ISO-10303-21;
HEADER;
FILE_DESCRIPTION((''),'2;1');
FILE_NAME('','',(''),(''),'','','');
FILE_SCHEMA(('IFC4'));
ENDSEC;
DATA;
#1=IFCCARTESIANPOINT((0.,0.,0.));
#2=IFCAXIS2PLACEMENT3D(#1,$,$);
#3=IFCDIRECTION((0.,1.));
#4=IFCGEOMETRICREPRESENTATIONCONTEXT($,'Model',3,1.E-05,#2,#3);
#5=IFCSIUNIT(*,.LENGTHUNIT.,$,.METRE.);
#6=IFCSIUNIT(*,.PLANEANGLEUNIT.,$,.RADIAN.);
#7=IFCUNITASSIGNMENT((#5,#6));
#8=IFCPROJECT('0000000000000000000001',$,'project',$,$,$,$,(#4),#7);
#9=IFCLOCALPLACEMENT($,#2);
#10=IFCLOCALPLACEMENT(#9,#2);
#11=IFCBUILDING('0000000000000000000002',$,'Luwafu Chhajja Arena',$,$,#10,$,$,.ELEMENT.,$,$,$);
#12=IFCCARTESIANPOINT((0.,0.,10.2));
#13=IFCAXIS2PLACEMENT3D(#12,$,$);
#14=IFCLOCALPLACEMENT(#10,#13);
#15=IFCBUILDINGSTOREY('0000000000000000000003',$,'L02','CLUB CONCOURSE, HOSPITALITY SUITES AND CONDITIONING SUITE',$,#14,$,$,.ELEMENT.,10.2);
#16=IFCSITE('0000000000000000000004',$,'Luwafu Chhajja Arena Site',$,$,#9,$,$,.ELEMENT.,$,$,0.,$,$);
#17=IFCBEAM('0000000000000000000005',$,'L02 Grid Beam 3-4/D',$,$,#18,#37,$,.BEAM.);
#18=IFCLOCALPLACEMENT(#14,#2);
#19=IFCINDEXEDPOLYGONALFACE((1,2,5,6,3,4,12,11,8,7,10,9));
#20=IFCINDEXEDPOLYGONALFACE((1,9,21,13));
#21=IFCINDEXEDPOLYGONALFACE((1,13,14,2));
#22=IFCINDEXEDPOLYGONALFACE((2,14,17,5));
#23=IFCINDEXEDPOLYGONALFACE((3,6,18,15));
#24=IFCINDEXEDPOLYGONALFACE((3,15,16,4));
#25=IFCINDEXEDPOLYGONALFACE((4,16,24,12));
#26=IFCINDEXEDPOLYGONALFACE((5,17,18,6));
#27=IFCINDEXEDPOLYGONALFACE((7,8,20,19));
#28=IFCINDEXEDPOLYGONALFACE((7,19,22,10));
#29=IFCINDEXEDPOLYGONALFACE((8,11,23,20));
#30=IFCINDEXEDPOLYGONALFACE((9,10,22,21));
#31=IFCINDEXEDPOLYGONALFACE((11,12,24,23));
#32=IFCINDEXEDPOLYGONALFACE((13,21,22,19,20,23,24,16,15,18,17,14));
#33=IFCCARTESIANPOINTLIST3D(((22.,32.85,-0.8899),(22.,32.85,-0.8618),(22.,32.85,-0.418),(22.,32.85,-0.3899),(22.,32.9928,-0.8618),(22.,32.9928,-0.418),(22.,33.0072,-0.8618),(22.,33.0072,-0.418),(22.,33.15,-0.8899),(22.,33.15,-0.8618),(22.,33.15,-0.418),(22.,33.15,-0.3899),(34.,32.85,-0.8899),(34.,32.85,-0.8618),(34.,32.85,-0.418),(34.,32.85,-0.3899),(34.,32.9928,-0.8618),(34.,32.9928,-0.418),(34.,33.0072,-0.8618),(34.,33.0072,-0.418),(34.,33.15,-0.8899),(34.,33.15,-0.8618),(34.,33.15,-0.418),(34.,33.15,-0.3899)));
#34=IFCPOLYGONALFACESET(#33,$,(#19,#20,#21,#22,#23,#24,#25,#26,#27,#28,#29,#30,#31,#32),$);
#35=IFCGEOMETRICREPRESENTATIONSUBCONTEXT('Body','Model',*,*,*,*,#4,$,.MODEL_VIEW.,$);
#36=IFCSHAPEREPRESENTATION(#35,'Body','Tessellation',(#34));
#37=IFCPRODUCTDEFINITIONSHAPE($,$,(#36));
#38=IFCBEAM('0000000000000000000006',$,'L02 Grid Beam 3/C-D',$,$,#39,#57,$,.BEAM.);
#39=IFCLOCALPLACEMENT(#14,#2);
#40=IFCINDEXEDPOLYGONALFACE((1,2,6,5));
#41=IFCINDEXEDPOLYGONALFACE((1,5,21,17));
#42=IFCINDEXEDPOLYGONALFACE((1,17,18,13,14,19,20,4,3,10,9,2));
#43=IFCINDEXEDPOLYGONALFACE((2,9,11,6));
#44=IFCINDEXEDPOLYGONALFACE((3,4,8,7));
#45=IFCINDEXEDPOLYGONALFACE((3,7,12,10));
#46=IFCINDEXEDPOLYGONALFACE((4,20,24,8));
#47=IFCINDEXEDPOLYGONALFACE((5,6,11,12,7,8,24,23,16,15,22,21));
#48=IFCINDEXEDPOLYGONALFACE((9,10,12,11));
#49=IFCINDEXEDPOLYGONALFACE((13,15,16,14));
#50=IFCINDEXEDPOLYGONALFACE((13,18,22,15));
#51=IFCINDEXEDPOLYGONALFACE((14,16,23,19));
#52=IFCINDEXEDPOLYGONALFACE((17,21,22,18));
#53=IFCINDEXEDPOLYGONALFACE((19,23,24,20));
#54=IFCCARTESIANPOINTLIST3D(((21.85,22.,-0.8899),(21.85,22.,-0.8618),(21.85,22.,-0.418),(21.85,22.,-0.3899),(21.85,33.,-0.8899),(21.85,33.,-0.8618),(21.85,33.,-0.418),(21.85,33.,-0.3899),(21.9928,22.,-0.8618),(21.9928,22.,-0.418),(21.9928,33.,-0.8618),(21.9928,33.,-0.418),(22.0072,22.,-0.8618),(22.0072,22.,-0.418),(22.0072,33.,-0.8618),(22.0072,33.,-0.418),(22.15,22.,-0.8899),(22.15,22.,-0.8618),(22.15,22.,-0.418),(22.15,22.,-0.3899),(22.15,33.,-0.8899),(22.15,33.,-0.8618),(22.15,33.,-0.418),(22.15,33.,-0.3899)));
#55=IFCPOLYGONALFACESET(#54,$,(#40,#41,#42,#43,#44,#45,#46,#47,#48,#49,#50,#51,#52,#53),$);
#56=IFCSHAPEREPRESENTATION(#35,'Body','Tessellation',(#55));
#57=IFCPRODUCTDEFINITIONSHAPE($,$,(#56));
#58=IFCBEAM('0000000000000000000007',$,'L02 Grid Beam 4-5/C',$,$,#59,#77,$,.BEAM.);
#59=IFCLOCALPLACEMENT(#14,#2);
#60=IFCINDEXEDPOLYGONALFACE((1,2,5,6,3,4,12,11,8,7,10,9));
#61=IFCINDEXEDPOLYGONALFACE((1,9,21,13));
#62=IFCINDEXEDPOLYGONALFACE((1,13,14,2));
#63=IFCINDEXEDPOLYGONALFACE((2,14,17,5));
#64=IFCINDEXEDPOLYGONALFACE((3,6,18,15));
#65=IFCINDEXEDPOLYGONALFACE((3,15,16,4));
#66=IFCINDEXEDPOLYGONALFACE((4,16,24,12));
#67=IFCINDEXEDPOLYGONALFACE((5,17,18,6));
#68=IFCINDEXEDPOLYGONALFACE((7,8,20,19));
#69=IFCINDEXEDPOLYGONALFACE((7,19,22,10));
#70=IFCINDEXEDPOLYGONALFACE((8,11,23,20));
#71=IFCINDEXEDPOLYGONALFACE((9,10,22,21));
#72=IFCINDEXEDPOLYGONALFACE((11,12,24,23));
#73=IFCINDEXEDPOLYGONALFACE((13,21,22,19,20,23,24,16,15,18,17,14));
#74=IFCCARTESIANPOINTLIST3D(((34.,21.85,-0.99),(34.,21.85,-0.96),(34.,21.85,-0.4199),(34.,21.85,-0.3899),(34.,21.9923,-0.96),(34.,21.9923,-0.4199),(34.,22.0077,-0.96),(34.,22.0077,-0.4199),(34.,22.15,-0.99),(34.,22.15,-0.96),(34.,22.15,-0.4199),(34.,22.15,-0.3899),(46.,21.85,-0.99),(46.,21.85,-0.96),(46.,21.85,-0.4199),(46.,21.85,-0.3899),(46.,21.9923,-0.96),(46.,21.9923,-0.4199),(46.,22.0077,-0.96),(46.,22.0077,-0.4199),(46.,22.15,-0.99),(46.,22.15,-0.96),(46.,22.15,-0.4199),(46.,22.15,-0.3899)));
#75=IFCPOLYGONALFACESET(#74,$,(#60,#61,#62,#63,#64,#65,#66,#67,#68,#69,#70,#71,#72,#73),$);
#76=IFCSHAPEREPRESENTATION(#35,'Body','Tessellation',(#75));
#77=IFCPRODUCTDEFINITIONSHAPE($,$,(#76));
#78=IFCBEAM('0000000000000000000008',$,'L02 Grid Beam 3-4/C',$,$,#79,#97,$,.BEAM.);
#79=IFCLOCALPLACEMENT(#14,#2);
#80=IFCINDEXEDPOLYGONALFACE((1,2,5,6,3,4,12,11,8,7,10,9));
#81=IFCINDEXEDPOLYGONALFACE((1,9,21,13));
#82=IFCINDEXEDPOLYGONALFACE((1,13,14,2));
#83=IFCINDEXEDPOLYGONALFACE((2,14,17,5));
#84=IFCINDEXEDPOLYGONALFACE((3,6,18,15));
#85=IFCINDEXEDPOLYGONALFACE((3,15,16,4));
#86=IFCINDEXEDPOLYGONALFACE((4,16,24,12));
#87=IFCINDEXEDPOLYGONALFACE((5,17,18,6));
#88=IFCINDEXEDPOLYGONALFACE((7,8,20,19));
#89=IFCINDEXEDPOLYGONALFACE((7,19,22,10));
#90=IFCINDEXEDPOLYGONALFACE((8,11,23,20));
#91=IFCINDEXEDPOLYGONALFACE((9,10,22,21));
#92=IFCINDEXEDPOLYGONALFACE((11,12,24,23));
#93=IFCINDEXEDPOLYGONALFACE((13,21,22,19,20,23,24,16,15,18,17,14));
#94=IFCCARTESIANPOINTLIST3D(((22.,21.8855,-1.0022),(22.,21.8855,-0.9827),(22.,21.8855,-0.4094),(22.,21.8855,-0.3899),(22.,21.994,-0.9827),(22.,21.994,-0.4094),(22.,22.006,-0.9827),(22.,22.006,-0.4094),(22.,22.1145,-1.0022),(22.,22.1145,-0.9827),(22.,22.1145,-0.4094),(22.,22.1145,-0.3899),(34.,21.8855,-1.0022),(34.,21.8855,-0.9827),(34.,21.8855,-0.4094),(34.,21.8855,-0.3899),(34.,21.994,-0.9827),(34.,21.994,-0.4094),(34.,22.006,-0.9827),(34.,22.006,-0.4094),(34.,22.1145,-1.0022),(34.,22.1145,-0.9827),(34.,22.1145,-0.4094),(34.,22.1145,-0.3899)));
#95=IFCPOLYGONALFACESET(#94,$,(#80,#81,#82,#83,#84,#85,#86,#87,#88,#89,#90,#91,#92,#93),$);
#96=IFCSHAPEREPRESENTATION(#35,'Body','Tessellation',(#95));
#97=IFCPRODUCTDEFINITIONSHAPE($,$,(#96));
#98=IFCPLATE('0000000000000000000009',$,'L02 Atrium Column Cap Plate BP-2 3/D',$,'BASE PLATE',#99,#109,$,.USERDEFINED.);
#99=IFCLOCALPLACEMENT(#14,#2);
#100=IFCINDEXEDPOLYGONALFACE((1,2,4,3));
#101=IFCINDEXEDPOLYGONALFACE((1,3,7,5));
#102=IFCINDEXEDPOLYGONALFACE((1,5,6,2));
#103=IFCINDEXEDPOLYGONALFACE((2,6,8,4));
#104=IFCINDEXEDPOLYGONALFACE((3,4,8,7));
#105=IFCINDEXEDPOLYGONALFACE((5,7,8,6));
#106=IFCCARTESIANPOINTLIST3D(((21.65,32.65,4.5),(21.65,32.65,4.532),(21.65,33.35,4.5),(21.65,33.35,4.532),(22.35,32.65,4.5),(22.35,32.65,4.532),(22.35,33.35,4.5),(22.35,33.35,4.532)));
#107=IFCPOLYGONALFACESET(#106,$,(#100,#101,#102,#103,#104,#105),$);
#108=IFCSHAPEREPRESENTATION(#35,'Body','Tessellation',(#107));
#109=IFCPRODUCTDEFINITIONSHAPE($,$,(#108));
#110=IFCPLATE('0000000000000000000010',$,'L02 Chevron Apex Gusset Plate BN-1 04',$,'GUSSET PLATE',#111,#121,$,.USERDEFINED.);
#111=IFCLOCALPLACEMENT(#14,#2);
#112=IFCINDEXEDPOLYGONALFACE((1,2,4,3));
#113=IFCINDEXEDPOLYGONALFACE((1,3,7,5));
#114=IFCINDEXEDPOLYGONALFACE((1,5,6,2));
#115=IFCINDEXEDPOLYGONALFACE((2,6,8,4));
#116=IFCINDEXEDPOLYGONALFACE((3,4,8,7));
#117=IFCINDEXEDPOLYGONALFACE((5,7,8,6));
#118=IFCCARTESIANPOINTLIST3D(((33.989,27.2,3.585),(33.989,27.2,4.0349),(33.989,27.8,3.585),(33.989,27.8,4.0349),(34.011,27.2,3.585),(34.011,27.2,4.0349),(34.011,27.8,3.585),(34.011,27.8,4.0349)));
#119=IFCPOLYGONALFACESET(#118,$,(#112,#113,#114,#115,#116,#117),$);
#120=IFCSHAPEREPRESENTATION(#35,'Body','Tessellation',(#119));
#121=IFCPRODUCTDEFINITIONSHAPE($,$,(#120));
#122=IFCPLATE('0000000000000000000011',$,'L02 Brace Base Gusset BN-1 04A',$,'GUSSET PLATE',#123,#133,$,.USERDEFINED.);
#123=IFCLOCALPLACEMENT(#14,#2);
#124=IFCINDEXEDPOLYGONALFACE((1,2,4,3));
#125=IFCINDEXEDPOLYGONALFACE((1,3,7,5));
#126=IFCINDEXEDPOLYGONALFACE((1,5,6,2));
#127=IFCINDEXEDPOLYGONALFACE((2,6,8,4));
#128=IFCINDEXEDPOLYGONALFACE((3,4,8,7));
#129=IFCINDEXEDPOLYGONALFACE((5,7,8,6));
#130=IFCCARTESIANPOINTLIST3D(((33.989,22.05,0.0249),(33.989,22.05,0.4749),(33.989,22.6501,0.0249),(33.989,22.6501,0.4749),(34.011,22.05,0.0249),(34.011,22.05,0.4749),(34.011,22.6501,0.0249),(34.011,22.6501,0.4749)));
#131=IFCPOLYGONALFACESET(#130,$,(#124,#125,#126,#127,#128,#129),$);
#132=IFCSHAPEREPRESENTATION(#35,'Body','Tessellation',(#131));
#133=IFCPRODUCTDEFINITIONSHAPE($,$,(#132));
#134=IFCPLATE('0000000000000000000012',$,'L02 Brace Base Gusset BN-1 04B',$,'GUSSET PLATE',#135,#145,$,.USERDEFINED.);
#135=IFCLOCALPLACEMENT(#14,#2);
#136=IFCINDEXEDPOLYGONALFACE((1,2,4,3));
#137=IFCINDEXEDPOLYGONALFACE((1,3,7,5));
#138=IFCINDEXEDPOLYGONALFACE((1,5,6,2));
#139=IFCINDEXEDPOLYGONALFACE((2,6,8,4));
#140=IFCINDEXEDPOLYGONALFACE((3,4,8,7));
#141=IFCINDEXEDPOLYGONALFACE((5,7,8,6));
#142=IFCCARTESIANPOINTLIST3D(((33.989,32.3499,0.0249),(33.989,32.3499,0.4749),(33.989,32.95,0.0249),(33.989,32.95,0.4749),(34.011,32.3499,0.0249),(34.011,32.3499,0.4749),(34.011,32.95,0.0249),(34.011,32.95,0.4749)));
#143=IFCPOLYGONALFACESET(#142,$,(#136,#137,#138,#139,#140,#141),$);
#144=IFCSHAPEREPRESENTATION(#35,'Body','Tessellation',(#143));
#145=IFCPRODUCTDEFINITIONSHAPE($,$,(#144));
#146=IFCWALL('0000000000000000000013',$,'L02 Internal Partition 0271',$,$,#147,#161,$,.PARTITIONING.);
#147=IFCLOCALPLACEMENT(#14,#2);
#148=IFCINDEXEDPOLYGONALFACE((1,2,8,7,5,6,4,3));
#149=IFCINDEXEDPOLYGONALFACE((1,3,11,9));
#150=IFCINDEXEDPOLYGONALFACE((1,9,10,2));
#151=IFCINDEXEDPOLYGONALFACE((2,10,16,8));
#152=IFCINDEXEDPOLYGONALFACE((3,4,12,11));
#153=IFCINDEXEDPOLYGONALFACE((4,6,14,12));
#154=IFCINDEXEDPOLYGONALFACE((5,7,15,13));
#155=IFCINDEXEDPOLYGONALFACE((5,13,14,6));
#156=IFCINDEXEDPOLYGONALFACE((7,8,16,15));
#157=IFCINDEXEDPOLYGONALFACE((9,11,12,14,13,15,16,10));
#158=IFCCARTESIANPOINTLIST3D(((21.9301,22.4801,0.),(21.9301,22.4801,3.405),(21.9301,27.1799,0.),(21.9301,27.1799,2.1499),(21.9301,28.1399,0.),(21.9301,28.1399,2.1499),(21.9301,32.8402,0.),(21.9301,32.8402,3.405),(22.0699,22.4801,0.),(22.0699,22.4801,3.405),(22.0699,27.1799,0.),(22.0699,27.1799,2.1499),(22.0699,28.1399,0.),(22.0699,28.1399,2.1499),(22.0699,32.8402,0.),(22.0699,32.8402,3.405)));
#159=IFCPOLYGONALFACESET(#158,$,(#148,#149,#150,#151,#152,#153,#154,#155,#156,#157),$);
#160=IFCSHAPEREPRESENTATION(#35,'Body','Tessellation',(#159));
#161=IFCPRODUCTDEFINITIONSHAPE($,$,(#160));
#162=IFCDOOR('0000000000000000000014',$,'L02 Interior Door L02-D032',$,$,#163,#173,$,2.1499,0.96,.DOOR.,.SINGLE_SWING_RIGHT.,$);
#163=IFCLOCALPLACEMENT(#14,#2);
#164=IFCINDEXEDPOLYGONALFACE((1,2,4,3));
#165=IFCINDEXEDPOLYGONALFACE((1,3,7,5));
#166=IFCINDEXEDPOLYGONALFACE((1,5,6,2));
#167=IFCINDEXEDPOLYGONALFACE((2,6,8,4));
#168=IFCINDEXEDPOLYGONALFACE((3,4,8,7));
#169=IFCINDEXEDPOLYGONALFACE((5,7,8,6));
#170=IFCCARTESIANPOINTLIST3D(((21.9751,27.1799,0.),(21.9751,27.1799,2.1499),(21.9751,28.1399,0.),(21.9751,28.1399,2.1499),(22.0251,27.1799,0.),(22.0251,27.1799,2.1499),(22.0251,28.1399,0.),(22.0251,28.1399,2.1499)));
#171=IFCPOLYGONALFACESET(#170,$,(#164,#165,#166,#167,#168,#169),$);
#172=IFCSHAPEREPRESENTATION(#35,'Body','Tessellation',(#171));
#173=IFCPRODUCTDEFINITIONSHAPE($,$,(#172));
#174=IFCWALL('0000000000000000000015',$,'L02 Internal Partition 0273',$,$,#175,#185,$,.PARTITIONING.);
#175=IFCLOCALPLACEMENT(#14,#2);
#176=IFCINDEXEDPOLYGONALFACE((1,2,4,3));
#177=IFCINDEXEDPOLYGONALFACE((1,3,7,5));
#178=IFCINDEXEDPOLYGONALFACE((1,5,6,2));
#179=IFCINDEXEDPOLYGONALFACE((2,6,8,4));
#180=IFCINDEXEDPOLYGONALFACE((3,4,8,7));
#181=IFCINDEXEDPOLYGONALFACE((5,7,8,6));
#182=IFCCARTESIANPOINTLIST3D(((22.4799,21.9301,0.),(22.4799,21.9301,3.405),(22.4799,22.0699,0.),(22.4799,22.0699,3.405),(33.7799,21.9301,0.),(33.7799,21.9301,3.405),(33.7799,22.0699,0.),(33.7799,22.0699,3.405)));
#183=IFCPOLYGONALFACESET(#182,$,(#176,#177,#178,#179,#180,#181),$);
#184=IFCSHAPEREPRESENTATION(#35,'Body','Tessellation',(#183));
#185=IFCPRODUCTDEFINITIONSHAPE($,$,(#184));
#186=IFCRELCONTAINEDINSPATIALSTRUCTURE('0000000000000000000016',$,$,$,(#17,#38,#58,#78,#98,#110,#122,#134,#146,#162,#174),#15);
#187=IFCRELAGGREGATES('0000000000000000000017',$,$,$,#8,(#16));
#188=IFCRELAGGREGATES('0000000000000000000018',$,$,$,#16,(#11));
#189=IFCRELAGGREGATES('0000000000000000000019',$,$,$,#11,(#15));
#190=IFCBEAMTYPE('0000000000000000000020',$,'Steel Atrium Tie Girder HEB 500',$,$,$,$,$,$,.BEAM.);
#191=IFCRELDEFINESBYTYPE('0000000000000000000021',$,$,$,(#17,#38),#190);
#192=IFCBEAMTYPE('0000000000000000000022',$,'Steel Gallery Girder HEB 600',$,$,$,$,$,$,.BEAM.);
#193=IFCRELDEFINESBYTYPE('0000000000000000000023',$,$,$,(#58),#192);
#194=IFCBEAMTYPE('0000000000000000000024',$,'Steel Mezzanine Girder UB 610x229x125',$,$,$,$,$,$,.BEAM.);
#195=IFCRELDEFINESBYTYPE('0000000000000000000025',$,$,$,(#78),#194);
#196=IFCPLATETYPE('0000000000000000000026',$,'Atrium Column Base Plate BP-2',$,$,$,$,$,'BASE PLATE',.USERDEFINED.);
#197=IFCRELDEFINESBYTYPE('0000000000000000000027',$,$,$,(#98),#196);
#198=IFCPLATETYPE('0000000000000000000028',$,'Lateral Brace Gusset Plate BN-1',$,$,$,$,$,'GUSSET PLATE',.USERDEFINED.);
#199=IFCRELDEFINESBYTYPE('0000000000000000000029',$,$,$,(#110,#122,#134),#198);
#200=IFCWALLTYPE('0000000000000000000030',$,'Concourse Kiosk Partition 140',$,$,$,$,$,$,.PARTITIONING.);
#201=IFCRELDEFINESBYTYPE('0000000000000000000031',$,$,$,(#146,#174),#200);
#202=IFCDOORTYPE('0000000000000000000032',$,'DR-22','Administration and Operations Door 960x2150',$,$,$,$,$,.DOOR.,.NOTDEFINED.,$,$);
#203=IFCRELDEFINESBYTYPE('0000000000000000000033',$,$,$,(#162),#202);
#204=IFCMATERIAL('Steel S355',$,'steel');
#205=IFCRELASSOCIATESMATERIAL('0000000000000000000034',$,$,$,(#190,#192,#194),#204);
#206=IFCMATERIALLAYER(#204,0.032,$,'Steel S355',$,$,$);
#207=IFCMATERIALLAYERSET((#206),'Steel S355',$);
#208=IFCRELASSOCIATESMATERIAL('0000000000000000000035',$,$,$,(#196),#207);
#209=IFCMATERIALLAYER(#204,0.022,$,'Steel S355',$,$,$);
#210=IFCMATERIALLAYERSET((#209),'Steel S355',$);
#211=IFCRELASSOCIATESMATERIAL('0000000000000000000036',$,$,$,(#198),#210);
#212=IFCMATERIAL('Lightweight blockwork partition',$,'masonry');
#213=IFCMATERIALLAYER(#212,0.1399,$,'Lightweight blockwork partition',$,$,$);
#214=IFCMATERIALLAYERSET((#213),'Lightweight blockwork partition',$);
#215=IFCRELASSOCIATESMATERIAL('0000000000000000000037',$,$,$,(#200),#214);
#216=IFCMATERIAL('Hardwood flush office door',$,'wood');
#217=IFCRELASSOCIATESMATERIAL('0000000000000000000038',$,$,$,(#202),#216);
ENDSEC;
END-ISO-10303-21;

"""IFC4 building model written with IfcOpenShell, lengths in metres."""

from ifc_helpers import new_model, si_unit, direction, frame, frame_2d, origin, origin_2d, place, context, subcontext, project, spatial, rectangle, i_section, extrude, material, layer, layer_set, material_profile, profile_set, type_object, element, fill, save


model = new_model("IFC4")

# Units and contexts
model_context = context("Model", 3, precision=1e-05, world=origin(), true_north=direction((0.0, 1.0)))
body_context = subcontext(model_context, "Body", "Model", "MODEL_VIEW")
ifc_project = project(units=[si_unit("LENGTHUNIT", "METRE"), si_unit("PLANEANGLEUNIT", "RADIAN")], contexts=[model_context])

# Site, building, storey
site_placement = place(None, origin())
site = spatial("IfcSite", under=ifc_project, at=site_placement, Name="Luwafu Chhajja Arena Site", CompositionType="ELEMENT", RefElevation=0.0)
building_placement = place(site_placement, origin())
building = spatial("IfcBuilding", under=site, at=building_placement, Name="Luwafu Chhajja Arena", CompositionType="ELEMENT")
storey_placement = place(building_placement, frame((0.0, 0.0, 10.2)))
storey = spatial("IfcBuildingStorey", under=building, at=storey_placement, Name="L02", Description="CLUB CONCOURSE, HOSPITALITY SUITES AND CONDITIONING SUITE", CompositionType="ELEMENT", Elevation=10.2)

# Shared definitions
ifc_material_1 = material(Name="Steel S355", Category="steel")

# Beams
ifc_material_profile_1 = material_profile(ifc_material_1, i_section(OverallWidth=0.3, OverallDepth=0.5, WebThickness=0.0144, FlangeThickness=0.0281, at=origin_2d()), Name="HEB 500")
ifc_profile_set_1 = profile_set([ifc_material_profile_1], Name="Steel S355")
beam_type_1 = type_object("IfcBeamType", Name="Steel Atrium Tie Girder HEB 500", PredefinedType="BEAM", material=ifc_profile_set_1)
beam_1_placement = place(storey_placement, frame((22.0, 33.0, -0.6399), z_axis=(1.0, 0.0, 0.0), x_axis=(0.0, 1.0, 0.0)))
element("IfcBeam", 1, at=beam_1_placement, inside=storey, type_object=beam_type_1, Name="L02 Grid Beam 3-4/D", PredefinedType="BEAM", context=body_context, shape_type="SweptSolid", body=[
    extrude(i_section(OverallWidth=0.3, OverallDepth=0.5, WebThickness=0.0144, FlangeThickness=0.0281, at=origin_2d()), origin(), (0.0, 0.0, 1.0), 12.0),
])
beam_2_placement = place(storey_placement, frame((22.0, 22.0, -0.6399), z_axis=(0.0, 1.0, 0.0), x_axis=(-1.0, 0.0, 0.0)))
element("IfcBeam", 2, at=beam_2_placement, inside=storey, type_object=beam_type_1, Name="L02 Grid Beam 3/C-D", PredefinedType="BEAM", context=body_context, shape_type="SweptSolid", body=[
    extrude(i_section(OverallWidth=0.3, OverallDepth=0.5, WebThickness=0.0144, FlangeThickness=0.0281, at=origin_2d()), origin(), (0.0, 0.0, 1.0), 11.0),
])
ifc_material_profile_2 = material_profile(ifc_material_1, i_section(OverallWidth=0.3, OverallDepth=0.6001, WebThickness=0.0154, FlangeThickness=0.03, at=origin_2d()), Name="HEB 600")
ifc_profile_set_2 = profile_set([ifc_material_profile_2], Name="Steel S355")
beam_type_2 = type_object("IfcBeamType", Name="Steel Gallery Girder HEB 600", PredefinedType="BEAM", material=ifc_profile_set_2)
beam_3_placement = place(storey_placement, frame((34.0, 22.0, -0.6899), z_axis=(1.0, 0.0, 0.0), x_axis=(0.0, 1.0, 0.0)))
element("IfcBeam", 3, at=beam_3_placement, inside=storey, type_object=beam_type_2, Name="L02 Grid Beam 4-5/C", PredefinedType="BEAM", context=body_context, shape_type="SweptSolid", body=[
    extrude(i_section(OverallWidth=0.3, OverallDepth=0.6001, WebThickness=0.0154, FlangeThickness=0.03, at=origin_2d()), origin(), (0.0, 0.0, 1.0), 12.0),
])
ifc_material_profile_3 = material_profile(ifc_material_1, i_section(OverallWidth=0.229, OverallDepth=0.6123, WebThickness=0.012, FlangeThickness=0.0195, at=origin_2d()), Name="UB 610x229x125")
ifc_profile_set_3 = profile_set([ifc_material_profile_3], Name="Steel S355")
beam_type_3 = type_object("IfcBeamType", Name="Steel Mezzanine Girder UB 610x229x125", PredefinedType="BEAM", material=ifc_profile_set_3)
beam_4_placement = place(storey_placement, frame((22.0, 22.0, -0.696), z_axis=(1.0, 0.0, 0.0), x_axis=(0.0, 1.0, 0.0)))
element("IfcBeam", 4, at=beam_4_placement, inside=storey, type_object=beam_type_3, Name="L02 Grid Beam 3-4/C", PredefinedType="BEAM", context=body_context, shape_type="SweptSolid", body=[
    extrude(i_section(OverallWidth=0.229, OverallDepth=0.6123, WebThickness=0.012, FlangeThickness=0.0195, at=origin_2d()), origin(), (0.0, 0.0, 1.0), 12.0),
])

# Plates
ifc_layer_1 = layer(ifc_material_1, 0.032, Name="Steel S355")
ifc_layer_set_1 = layer_set([ifc_layer_1], Name="Steel S355")
plate_type_1 = type_object("IfcPlateType", Name="Atrium Column Base Plate BP-2", ElementType="BASE PLATE", PredefinedType="USERDEFINED", material=ifc_layer_set_1)
plate_placement = place(storey_placement, frame((22.0, 33.0, 4.5), z_axis=(0.0, 0.0, 1.0), x_axis=(1.0, 0.0, 0.0)))
element("IfcPlate", 5, at=plate_placement, inside=storey, type_object=plate_type_1, Name="L02 Atrium Column Cap Plate BP-2 3/D", ObjectType="BASE PLATE", PredefinedType="USERDEFINED", context=body_context, shape_type="SweptSolid", body=[
    extrude(rectangle(XDim=0.7, YDim=0.7, at=origin_2d()), origin(), (0.0, 0.0, 1.0), 0.032),
])
ifc_layer_2 = layer(ifc_material_1, 0.022, Name="Steel S355")
ifc_layer_set_2 = layer_set([ifc_layer_2], Name="Steel S355")
plate_type_2 = type_object("IfcPlateType", Name="Lateral Brace Gusset Plate BN-1", ElementType="GUSSET PLATE", PredefinedType="USERDEFINED", material=ifc_layer_set_2)
for number, where, z_axis, x_axis, name in (
    (6, (34.0, 27.5, 3.585), (0.0, 0.0, 1.0), (1.0, 0.0, 0.0), "L02 Chevron Apex Gusset Plate BN-1 04"),
    (7, (34.0, 22.3501, 0.0249), (0.0, 0.0, 1.0), (1.0, 0.0, 0.0), "L02 Brace Base Gusset BN-1 04A"),
    (8, (34.0, 32.6499, 0.0249), (0.0, 0.0, 1.0), (1.0, 0.0, 0.0), "L02 Brace Base Gusset BN-1 04B"),
):
    element("IfcPlate", number, at=place(storey_placement, frame(where, z_axis=z_axis, x_axis=x_axis)), inside=storey, type_object=plate_type_2, Name=name, ObjectType="GUSSET PLATE", PredefinedType="USERDEFINED", context=body_context, shape_type="SweptSolid", body=[
        extrude(rectangle(XDim=0.022, YDim=0.6001, at=origin_2d()), origin(), (0.0, 0.0, 1.0), 0.45),
    ])

# Wall, opening, door
ifc_material_2 = material(Name="Lightweight blockwork partition", Category="masonry")
ifc_layer_3 = layer(ifc_material_2, 0.1399, Name="Lightweight blockwork partition")
ifc_layer_set_3 = layer_set([ifc_layer_3], Name="Lightweight blockwork partition")
wall_type_1 = type_object("IfcWallType", Name="Concourse Kiosk Partition 140", PredefinedType="PARTITIONING", material=ifc_layer_set_3)
wall_1_placement = place(storey_placement, frame((22.0, 22.48, 0.0), z_axis=(0.0, 0.0, 1.0), x_axis=(0.0, 1.0, 0.0)))
wall_1 = element("IfcWall", 9, at=wall_1_placement, inside=storey, type_object=wall_type_1, Name="L02 Internal Partition 0271", PredefinedType="PARTITIONING", context=body_context, shape_type="SweptSolid", body=[
    extrude(rectangle(XDim=10.3601, YDim=0.1399, at=frame_2d((5.1802, 0.0))), origin(), (0.0, 0.0, 1.0), 3.405),
])
opening_1_placement = place(wall_1_placement, frame((4.7, 0.0, 0.0)))
opening_1 = element("IfcOpeningElement", 10, at=opening_1_placement, cuts=wall_1, PredefinedType="OPENING", context=body_context, shape_type="SweptSolid", body=[
    extrude(rectangle(XDim=0.96, YDim=2.1499, at=frame_2d((0.48, 1.075))), frame((0.0, 0.0798, 0.0), z_axis=(0.0, -1.0, 0.0), x_axis=(1.0, 0.0, 0.0)), (0.0, 0.0, 1.0), 0.1599),
])
ifc_material_3 = material(Name="Hardwood flush office door", Category="wood")
door_type_1 = type_object("IfcDoorType", Name="DR-22", Description="Administration and Operations Door 960x2150", OperationType="NOTDEFINED", PredefinedType="DOOR", material=ifc_material_3)
door_1_placement = place(opening_1_placement, origin())
door_1 = element("IfcDoor", 11, at=door_1_placement, inside=storey, type_object=door_type_1, Name="L02 Interior Door L02-D032", OperationType="SINGLE_SWING_RIGHT", OverallHeight=2.1499, OverallWidth=0.96, PredefinedType="DOOR", context=body_context, shape_type="SweptSolid", body=[
    extrude(rectangle(XDim=0.96, YDim=2.1499, at=frame_2d((0.48, 1.075))), frame((0.0, 0.0249, 0.0), z_axis=(0.0, -1.0, 0.0), x_axis=(1.0, 0.0, 0.0)), (0.0, 0.0, 1.0), 0.05),
])
fill(opening_1, door_1)

# Wall
wall_2_placement = place(storey_placement, frame((22.48, 22.0, 0.0), z_axis=(0.0, 0.0, 1.0), x_axis=(1.0, 0.0, 0.0)))
element("IfcWall", 12, at=wall_2_placement, inside=storey, type_object=wall_type_1, Name="L02 Internal Partition 0273", PredefinedType="PARTITIONING", context=body_context, shape_type="SweptSolid", body=[
    extrude(rectangle(XDim=11.3, YDim=0.1399, at=frame_2d((5.6499, 0.0))), origin(), (0.0, 0.0, 1.0), 3.405),
])

save(model, "model.ifc")
